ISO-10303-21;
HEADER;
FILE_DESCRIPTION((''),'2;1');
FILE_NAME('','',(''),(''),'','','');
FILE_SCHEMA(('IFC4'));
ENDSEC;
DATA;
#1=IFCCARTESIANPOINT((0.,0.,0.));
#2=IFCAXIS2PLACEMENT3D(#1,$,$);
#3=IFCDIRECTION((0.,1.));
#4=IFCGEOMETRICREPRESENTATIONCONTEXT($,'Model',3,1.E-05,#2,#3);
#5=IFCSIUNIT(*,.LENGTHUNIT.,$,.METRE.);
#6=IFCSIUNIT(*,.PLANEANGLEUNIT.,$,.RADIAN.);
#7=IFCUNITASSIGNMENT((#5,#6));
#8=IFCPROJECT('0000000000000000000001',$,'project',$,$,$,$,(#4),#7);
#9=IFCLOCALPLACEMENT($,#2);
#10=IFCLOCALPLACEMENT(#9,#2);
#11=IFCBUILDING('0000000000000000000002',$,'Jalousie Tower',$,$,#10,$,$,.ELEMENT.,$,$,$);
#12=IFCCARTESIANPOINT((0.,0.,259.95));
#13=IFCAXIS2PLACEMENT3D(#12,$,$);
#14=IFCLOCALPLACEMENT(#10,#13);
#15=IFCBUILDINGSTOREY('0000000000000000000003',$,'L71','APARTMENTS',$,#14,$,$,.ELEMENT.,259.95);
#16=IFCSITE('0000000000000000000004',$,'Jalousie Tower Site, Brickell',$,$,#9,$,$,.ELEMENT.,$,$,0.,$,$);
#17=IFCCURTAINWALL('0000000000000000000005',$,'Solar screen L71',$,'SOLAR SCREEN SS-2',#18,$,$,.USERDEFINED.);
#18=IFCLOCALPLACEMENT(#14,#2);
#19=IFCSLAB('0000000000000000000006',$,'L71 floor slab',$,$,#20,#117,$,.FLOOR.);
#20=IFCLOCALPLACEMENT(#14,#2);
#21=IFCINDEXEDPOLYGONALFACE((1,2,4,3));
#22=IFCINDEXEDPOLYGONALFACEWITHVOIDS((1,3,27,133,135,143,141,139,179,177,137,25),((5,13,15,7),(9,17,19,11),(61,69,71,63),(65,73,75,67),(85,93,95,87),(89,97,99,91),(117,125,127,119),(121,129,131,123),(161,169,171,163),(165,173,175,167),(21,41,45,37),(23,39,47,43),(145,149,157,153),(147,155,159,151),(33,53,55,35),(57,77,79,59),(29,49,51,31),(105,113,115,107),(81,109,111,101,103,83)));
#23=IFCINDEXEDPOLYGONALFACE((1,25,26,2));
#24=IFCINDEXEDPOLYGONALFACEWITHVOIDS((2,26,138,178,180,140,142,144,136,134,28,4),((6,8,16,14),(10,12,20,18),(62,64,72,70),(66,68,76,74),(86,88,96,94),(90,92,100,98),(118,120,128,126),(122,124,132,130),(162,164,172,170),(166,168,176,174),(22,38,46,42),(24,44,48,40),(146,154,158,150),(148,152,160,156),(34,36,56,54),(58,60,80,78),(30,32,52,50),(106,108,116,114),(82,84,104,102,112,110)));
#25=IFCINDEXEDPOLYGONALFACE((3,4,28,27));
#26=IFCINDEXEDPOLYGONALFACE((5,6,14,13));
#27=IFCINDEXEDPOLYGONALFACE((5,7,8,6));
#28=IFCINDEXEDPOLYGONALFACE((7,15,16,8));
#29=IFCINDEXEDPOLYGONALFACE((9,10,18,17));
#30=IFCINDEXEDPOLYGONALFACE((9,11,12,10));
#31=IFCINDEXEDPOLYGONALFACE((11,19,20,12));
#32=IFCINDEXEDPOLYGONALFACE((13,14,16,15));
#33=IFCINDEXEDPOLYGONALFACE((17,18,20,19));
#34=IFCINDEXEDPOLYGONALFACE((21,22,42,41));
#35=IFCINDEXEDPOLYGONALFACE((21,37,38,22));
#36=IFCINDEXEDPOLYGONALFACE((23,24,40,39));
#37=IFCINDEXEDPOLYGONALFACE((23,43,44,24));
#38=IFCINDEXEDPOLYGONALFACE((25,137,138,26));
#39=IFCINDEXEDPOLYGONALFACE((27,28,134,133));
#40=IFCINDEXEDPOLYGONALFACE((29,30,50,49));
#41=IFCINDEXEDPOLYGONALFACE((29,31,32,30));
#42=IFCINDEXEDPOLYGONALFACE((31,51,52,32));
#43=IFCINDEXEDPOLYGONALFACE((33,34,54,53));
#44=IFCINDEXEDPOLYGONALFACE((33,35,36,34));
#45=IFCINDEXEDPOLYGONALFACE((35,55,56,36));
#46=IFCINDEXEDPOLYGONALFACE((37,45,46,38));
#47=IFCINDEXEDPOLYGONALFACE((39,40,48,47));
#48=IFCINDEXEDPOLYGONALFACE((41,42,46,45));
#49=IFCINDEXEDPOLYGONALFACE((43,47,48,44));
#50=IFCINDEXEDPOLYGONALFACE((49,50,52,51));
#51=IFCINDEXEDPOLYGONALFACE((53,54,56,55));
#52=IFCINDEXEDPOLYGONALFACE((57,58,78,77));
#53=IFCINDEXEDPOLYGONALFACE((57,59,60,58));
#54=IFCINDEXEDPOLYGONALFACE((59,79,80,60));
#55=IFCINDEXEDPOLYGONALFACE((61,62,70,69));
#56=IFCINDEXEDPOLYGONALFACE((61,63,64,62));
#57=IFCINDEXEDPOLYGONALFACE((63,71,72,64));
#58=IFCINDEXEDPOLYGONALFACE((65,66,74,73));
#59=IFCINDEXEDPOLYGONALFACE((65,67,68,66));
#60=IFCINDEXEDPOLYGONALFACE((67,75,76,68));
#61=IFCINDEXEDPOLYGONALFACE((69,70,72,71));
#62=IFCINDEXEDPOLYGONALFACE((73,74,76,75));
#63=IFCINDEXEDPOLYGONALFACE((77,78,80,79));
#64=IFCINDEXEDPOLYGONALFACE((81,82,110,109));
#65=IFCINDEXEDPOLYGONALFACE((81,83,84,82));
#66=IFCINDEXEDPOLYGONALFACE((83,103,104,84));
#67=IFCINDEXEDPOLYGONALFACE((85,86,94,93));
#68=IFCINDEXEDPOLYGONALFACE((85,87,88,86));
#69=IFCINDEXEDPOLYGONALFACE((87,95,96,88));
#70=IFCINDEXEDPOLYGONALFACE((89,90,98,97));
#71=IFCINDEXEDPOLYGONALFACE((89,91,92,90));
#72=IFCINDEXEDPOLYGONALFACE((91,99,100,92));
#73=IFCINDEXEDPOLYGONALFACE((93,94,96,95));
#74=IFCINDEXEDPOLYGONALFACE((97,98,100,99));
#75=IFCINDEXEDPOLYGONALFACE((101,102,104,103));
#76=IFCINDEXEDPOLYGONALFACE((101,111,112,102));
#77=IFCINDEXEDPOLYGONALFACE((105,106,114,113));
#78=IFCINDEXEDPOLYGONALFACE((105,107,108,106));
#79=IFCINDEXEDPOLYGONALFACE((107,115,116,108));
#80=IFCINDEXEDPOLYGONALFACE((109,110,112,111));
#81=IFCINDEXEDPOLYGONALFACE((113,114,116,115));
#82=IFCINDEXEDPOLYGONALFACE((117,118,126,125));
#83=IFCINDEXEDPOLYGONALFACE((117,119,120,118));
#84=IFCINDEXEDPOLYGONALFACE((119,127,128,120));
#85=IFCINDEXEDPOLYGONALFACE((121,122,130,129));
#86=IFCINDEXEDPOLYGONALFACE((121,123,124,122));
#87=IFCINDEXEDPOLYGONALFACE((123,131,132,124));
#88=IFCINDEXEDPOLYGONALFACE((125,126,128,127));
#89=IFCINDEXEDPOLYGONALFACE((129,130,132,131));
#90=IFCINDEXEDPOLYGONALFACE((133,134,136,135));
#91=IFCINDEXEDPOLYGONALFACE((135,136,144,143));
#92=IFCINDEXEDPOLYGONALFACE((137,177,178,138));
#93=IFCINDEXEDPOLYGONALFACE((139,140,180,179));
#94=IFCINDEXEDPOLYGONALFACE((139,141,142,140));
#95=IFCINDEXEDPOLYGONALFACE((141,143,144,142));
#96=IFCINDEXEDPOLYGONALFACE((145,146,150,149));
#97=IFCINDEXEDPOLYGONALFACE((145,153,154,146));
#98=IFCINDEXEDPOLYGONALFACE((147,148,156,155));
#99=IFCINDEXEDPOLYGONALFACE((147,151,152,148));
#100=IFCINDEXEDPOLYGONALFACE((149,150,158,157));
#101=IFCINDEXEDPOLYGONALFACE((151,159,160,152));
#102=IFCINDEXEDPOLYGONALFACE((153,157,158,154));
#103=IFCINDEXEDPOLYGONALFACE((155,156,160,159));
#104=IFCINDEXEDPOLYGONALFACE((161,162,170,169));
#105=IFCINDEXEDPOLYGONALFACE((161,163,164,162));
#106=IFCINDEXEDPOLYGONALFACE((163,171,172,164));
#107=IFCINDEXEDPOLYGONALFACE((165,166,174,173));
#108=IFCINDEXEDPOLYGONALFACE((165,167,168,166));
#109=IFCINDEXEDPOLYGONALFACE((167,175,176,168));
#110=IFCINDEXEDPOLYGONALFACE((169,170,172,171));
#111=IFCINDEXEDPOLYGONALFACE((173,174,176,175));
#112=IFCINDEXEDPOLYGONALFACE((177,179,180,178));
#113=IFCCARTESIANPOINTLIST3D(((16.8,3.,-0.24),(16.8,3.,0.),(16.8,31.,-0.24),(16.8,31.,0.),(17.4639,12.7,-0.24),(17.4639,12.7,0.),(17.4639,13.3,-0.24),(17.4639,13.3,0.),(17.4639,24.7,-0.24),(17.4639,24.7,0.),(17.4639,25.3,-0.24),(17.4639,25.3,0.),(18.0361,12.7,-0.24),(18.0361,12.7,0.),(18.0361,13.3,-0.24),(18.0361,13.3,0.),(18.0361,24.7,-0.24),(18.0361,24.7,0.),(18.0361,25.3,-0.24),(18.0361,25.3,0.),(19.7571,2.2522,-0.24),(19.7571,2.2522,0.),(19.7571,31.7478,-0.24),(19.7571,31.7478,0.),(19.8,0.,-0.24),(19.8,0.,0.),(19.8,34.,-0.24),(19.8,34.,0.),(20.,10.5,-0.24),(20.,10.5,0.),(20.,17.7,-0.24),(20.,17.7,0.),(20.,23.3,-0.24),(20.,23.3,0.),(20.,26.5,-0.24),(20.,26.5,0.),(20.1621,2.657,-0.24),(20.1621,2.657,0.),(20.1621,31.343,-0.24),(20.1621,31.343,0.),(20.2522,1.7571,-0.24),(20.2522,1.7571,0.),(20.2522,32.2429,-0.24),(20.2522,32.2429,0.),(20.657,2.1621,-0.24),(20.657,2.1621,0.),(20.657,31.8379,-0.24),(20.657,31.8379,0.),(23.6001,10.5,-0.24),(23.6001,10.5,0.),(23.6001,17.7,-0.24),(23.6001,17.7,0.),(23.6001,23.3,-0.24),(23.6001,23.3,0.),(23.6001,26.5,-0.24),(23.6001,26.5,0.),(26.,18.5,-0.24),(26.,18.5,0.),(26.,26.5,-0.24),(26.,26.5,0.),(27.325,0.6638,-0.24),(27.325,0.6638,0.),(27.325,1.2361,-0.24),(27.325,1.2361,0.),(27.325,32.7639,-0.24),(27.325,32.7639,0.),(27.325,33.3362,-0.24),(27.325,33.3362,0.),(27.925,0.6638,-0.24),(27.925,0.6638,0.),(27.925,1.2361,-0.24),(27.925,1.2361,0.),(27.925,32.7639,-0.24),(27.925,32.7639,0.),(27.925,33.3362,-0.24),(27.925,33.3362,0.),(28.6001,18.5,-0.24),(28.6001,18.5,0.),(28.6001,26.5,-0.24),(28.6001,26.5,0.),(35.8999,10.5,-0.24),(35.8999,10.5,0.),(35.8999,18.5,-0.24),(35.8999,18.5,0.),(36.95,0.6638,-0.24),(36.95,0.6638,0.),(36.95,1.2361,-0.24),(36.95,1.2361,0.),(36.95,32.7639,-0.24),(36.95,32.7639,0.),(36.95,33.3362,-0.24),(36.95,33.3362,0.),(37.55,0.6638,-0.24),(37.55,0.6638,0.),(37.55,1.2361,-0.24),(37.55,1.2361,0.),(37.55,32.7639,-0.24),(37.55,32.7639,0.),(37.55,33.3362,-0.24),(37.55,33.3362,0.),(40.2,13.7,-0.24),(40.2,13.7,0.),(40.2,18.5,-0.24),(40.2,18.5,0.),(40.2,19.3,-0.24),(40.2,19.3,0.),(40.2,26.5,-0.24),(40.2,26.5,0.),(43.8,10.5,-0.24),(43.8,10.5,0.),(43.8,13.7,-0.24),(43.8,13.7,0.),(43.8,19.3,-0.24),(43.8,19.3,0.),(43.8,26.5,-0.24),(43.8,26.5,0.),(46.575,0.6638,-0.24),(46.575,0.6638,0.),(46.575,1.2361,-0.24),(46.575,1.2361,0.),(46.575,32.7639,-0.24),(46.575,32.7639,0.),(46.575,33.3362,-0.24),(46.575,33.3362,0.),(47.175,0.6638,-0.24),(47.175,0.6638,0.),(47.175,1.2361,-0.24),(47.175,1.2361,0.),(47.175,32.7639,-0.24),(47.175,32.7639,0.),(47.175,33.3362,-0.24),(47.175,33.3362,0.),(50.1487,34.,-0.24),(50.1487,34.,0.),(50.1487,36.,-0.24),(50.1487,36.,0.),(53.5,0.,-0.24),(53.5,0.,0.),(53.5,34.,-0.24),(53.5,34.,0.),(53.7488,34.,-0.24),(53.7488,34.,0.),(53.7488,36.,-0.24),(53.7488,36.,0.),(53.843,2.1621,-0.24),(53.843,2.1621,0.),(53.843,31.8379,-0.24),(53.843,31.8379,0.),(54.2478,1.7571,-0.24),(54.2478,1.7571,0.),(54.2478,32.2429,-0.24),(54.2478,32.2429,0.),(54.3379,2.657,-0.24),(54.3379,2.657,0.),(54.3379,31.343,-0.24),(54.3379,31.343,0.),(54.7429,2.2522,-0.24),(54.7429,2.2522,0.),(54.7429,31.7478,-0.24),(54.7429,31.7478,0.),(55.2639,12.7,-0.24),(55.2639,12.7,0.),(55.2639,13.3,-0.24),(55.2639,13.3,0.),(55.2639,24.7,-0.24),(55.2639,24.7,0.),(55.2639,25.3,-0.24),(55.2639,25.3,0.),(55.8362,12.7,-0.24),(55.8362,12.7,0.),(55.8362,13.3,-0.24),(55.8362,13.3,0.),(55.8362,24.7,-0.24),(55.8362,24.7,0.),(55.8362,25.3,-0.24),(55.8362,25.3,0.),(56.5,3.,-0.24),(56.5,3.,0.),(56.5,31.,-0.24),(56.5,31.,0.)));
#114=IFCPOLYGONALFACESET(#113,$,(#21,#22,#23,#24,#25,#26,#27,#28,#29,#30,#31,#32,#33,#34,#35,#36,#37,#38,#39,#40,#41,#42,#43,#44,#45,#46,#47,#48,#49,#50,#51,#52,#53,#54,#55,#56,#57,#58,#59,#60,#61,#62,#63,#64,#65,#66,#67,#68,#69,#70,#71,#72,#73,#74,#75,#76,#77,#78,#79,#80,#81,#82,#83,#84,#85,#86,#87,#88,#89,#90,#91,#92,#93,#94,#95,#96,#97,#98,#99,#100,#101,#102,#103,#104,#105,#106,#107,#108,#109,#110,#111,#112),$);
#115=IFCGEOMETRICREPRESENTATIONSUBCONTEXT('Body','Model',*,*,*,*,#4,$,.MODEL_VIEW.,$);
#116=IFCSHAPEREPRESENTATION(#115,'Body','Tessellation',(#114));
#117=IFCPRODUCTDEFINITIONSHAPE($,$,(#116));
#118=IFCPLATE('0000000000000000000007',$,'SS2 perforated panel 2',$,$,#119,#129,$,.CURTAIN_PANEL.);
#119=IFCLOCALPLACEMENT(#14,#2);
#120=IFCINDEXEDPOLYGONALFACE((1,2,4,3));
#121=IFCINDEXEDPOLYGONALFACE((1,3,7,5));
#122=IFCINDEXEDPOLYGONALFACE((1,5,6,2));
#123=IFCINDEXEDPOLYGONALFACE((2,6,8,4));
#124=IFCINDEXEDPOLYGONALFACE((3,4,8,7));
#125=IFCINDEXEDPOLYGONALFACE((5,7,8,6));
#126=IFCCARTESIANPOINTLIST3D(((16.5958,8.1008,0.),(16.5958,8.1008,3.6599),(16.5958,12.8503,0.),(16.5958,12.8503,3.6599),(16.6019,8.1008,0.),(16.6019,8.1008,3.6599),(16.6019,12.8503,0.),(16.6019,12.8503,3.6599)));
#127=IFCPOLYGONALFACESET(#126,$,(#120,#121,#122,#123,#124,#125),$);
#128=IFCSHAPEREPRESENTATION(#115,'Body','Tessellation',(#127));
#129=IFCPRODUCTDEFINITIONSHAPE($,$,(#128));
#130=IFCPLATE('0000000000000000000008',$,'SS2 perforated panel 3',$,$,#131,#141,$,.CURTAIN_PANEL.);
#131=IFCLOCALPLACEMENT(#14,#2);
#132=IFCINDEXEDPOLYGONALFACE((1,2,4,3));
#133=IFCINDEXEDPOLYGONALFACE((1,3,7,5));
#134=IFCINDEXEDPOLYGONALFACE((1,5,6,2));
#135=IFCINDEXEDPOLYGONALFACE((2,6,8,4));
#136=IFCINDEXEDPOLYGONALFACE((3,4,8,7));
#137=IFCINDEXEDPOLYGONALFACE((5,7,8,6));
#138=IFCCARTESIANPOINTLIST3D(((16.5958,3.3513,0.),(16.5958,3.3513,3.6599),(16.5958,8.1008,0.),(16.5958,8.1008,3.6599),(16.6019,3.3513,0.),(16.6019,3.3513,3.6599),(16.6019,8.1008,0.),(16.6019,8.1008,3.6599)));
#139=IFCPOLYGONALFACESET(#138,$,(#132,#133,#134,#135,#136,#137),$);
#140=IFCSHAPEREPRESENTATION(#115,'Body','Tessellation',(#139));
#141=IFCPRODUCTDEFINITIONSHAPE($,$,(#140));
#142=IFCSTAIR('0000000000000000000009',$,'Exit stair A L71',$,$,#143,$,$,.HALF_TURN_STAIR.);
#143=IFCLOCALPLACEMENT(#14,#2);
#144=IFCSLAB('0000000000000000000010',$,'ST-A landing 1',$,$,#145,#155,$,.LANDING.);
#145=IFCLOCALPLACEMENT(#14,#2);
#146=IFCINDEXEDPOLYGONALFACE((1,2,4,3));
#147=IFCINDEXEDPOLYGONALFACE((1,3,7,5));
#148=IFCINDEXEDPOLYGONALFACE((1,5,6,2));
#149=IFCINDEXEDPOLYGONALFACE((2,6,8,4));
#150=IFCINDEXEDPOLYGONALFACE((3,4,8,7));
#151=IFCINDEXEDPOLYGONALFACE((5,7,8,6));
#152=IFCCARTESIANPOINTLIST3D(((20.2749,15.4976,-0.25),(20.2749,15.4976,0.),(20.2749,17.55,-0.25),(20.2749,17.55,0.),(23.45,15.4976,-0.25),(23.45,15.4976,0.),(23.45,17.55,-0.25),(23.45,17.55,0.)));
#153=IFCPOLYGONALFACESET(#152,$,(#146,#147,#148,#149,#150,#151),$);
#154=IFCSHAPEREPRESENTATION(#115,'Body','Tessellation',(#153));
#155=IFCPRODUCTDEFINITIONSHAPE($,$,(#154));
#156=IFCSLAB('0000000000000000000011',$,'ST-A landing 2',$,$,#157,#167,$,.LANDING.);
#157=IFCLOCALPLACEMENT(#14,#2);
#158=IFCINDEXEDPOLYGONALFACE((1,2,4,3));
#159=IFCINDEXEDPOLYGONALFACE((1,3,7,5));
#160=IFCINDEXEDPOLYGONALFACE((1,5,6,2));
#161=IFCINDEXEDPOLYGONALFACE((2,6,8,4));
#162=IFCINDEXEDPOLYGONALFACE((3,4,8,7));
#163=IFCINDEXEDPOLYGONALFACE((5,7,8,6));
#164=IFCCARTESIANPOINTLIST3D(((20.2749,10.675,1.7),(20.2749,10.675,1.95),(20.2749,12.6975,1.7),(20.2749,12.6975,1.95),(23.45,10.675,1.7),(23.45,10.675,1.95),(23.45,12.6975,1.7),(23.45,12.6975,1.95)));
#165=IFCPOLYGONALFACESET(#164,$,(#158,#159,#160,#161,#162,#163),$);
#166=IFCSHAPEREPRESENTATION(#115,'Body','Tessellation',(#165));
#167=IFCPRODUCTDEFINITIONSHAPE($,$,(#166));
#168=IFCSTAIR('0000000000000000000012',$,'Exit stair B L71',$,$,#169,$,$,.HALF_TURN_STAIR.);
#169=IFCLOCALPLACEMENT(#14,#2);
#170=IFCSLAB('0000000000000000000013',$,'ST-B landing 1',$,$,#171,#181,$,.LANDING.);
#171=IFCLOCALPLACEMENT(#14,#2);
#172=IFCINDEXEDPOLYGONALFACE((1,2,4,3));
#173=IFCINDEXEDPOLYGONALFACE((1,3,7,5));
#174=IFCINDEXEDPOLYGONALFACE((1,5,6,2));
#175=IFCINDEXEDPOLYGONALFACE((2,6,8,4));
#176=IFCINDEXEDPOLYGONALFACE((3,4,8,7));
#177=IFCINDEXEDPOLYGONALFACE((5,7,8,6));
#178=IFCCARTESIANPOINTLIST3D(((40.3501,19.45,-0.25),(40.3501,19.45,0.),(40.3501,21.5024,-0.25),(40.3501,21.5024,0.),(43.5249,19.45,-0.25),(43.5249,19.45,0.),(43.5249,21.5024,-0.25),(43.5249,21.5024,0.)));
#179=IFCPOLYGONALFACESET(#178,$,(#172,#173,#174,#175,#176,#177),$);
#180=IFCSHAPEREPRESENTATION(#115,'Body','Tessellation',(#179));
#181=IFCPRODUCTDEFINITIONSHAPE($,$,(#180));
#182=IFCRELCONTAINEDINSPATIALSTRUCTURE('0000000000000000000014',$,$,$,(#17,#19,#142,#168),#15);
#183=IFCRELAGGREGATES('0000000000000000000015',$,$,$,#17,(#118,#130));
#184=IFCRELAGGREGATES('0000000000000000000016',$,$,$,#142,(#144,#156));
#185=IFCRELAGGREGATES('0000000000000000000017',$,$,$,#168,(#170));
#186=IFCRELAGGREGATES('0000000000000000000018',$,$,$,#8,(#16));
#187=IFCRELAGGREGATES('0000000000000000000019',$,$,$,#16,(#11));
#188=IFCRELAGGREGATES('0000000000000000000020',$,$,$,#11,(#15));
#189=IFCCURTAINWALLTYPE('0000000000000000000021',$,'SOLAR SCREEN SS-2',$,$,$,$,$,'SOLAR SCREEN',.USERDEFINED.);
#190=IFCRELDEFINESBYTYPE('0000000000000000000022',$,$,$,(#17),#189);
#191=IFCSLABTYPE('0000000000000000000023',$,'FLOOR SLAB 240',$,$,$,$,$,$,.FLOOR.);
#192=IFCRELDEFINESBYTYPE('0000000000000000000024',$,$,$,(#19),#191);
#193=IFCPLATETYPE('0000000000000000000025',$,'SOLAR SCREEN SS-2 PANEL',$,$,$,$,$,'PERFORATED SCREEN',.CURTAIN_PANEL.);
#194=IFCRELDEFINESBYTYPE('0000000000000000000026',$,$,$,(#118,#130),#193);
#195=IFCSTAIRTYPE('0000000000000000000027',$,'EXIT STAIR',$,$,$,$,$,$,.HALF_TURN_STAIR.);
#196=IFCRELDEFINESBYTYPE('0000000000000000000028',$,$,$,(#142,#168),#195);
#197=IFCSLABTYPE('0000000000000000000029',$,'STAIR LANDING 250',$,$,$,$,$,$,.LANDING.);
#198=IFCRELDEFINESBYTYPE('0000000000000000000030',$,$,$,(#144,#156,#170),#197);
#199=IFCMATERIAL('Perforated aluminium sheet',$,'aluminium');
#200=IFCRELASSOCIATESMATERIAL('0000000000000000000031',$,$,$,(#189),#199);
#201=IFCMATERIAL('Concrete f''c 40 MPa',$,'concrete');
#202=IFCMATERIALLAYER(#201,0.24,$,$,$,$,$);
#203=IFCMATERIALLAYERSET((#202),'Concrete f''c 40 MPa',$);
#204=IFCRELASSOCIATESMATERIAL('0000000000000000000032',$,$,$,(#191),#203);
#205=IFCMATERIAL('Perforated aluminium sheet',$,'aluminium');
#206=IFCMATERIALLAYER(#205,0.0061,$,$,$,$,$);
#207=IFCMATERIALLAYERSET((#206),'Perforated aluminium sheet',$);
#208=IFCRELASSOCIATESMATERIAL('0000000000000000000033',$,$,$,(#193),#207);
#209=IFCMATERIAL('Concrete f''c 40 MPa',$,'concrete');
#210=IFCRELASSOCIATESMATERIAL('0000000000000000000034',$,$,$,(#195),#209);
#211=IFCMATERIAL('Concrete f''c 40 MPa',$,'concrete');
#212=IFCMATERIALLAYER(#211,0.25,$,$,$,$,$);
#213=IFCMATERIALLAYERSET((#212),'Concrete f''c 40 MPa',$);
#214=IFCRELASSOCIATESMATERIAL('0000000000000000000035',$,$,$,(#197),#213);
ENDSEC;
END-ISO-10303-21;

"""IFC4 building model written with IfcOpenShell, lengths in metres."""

from ifc_helpers import new_model, si_unit, direction, frame, origin, origin_2d, place, context, subcontext, project, spatial, polyline, rectangle, outline, extrude, material, layer, layer_set, type_object, element, aggregate, save


model = new_model("IFC4")

# Units and contexts
model_context = context("Model", 3, precision=1e-05, world=origin(), true_north=direction((0.0, 1.0)))
body_context = subcontext(model_context, "Body", "Model", "MODEL_VIEW")
ifc_project = project(units=[si_unit("LENGTHUNIT", "METRE"), si_unit("PLANEANGLEUNIT", "RADIAN")], contexts=[model_context])

# Site, building, storey
site_placement = place(None, origin())
site = spatial("IfcSite", under=ifc_project, at=site_placement, Name="Jalousie Tower Site, Brickell", CompositionType="ELEMENT", RefElevation=0.0)
building_placement = place(site_placement, origin())
building = spatial("IfcBuilding", under=site, at=building_placement, Name="Jalousie Tower", CompositionType="ELEMENT")
storey_placement = place(building_placement, frame((0.0, 0.0, 259.95)))
storey = spatial("IfcBuildingStorey", under=building, at=storey_placement, Name="L71", Description="APARTMENTS", CompositionType="ELEMENT", Elevation=259.95)

# Curtain wall
ifc_material_1 = material(Name="Perforated aluminium sheet", Category="aluminium")
curtain_wall_type_1 = type_object("IfcCurtainWallType", Name="SOLAR SCREEN SS-2", ElementType="SOLAR SCREEN", PredefinedType="USERDEFINED", material=ifc_material_1)
curtain_wall_1_placement = place(storey_placement, origin())
curtain_wall_1 = element("IfcCurtainWall", 1, at=curtain_wall_1_placement, inside=storey, type_object=curtain_wall_type_1, Name="Solar screen L71", ObjectType="SOLAR SCREEN SS-2", PredefinedType="USERDEFINED")

# Slab
ifc_material_2 = material(Name="Concrete f'c 40 MPa", Category="concrete")
ifc_layer_1 = layer(ifc_material_2, 0.24)
ifc_layer_set_1 = layer_set([ifc_layer_1], Name="Concrete f'c 40 MPa")
slab_type_1 = type_object("IfcSlabType", Name="FLOOR SLAB 240", PredefinedType="FLOOR", material=ifc_layer_set_1)
slab_1_placement = place(storey_placement, frame((0.0, 0.0, -0.24)))
element("IfcSlab", 2, at=slab_1_placement, inside=storey, type_object=slab_type_1, Name="L71 floor slab", PredefinedType="FLOOR", context=body_context, shape_type="SweptSolid", body=[
    extrude(outline(polyline([(16.8, 3.0), (16.8, 31.0), (19.8, 34.0), (50.1487, 34.0), (50.1487, 36.0), (53.7488, 36.0), (53.7488, 34.0), (53.5, 34.0), (56.5, 31.0), (56.5, 3.0), (53.5, 0.0), (19.8, 0.0), (16.8, 3.0)]), holes=[polyline([(55.2639, 13.3), (55.2639, 12.7), (55.8362, 12.7), (55.8362, 13.3), (55.2639, 13.3)]), polyline([(55.8362, 24.7), (55.8362, 25.3), (55.2639, 25.3), (55.2639, 24.7), (55.8362, 24.7)]), polyline([(54.2478, 32.2429), (53.843, 31.8379), (54.3379, 31.343), (54.7429, 31.7478), (54.2478, 32.2429)]), polyline([(54.3379, 2.657), (53.843, 2.1621), (54.2478, 1.7571), (54.7429, 2.2522), (54.3379, 2.657)]), polyline([(46.575, 32.7639), (47.175, 32.7639), (47.175, 33.3362), (46.575, 33.3362), (46.575, 32.7639)]), polyline([(46.575, 0.6638), (47.175, 0.6638), (47.175, 1.2361), (46.575, 1.2361), (46.575, 0.6638)]), polyline([(43.8, 10.5), (43.8, 13.7), (40.2, 13.7), (40.2, 18.5), (35.8999, 18.5), (35.8999, 10.5), (43.8, 10.5)]), polyline([(43.8, 19.3), (43.8, 26.5), (40.2, 26.5), (40.2, 19.3), (43.8, 19.3)]), polyline([(36.95, 32.7639), (37.55, 32.7639), (37.55, 33.3362), (36.95, 33.3362), (36.95, 32.7639)]), polyline([(37.55, 1.2361), (36.95, 1.2361), (36.95, 0.6638), (37.55, 0.6638), (37.55, 1.2361)]), polyline([(28.6001, 18.5), (28.6001, 26.5), (26.0, 26.5), (26.0, 18.5), (28.6001, 18.5)]), polyline([(27.325, 32.7639), (27.925, 32.7639), (27.925, 33.3362), (27.325, 33.3362), (27.325, 32.7639)]), polyline([(27.325, 0.6638), (27.925, 0.6638), (27.925, 1.2361), (27.325, 1.2361), (27.325, 0.6638)]), polyline([(23.6001, 23.3), (23.6001, 26.5), (20.0, 26.5), (20.0, 23.3), (23.6001, 23.3)]), polyline([(23.6001, 10.5), (23.6001, 17.7), (20.0, 17.7), (20.0, 10.5), (23.6001, 10.5)]), polyline([(19.7571, 2.2522), (20.2522, 1.7571), (20.657, 2.1621), (20.1621, 2.657), (19.7571, 2.2522)]), polyline([(19.7571, 31.7478), (20.1621, 31.343), (20.657, 31.8379), (20.2522, 32.2429), (19.7571, 31.7478)]), polyline([(18.0361, 12.7), (18.0361, 13.3), (17.4639, 13.3), (17.4639, 12.7), (18.0361, 12.7)]), polyline([(17.4639, 25.3), (17.4639, 24.7), (18.0361, 24.7), (18.0361, 25.3), (17.4639, 25.3)])]), origin(), (0.0, 0.0, 1.0), 0.24),
])

# Plates
ifc_material_3 = material(Name="Perforated aluminium sheet", Category="aluminium")
ifc_layer_2 = layer(ifc_material_3, 0.0061)
ifc_layer_set_2 = layer_set([ifc_layer_2], Name="Perforated aluminium sheet")
plate_type = type_object("IfcPlateType", Name="SOLAR SCREEN SS-2 PANEL", ElementType="PERFORATED SCREEN", PredefinedType="CURTAIN_PANEL", material=ifc_layer_set_2)
plate_1_placement = place(storey_placement, frame((16.5989, 10.4756, 0.0), z_axis=(0.0, 0.0, 1.0), x_axis=(0.0, -1.0, 0.0)))
plate_1 = element("IfcPlate", 3, at=plate_1_placement, type_object=plate_type, Name="SS2 perforated panel 2", PredefinedType="CURTAIN_PANEL", context=body_context, shape_type="SweptSolid", body=[
    extrude(rectangle(XDim=4.7495, YDim=0.0061, at=origin_2d()), origin(), (0.0, 0.0, 1.0), 3.6599),
])
plate_2_placement = place(storey_placement, frame((16.5989, 5.7261, 0.0), z_axis=(0.0, 0.0, 1.0), x_axis=(0.0, -1.0, 0.0)))
plate_2 = element("IfcPlate", 4, at=plate_2_placement, type_object=plate_type, Name="SS2 perforated panel 3", PredefinedType="CURTAIN_PANEL", context=body_context, shape_type="SweptSolid", body=[
    extrude(rectangle(XDim=4.7495, YDim=0.0061, at=origin_2d()), origin(), (0.0, 0.0, 1.0), 3.6599),
])
aggregate(curtain_wall_1, [plate_1, plate_2])

# Stairs, slabs
ifc_material_4 = material(Name="Concrete f'c 40 MPa", Category="concrete")
stair_type = type_object("IfcStairType", Name="EXIT STAIR", PredefinedType="HALF_TURN_STAIR", material=ifc_material_4)
stair_1_placement = place(storey_placement, origin())
stair_1 = element("IfcStair", 5, at=stair_1_placement, inside=storey, type_object=stair_type, Name="Exit stair A L71", PredefinedType="HALF_TURN_STAIR")
ifc_material_5 = material(Name="Concrete f'c 40 MPa", Category="concrete")
ifc_layer_3 = layer(ifc_material_5, 0.25)
ifc_layer_set_3 = layer_set([ifc_layer_3], Name="Concrete f'c 40 MPa")
slab_type_2 = type_object("IfcSlabType", Name="STAIR LANDING 250", PredefinedType="LANDING", material=ifc_layer_set_3)
slab_2_placement = place(storey_placement, frame((0.0, 0.0, -0.25)))
slab_2 = element("IfcSlab", 6, at=slab_2_placement, type_object=slab_type_2, Name="ST-A landing 1", PredefinedType="LANDING", context=body_context, shape_type="SweptSolid", body=[
    extrude(outline(polyline([(20.2749, 15.4976), (23.45, 15.4976), (23.45, 17.55), (20.2749, 17.55), (20.2749, 15.4976)])), origin(), (0.0, 0.0, 1.0), 0.25),
])
slab_3_placement = place(storey_placement, frame((0.0, 0.0, 1.7)))
slab_3 = element("IfcSlab", 7, at=slab_3_placement, type_object=slab_type_2, Name="ST-A landing 2", PredefinedType="LANDING", context=body_context, shape_type="SweptSolid", body=[
    extrude(outline(polyline([(20.2749, 10.675), (23.45, 10.675), (23.45, 12.6975), (20.2749, 12.6975), (20.2749, 10.675)])), origin(), (0.0, 0.0, 1.0), 0.25),
])
aggregate(stair_1, [slab_2, slab_3])
stair_2_placement = place(storey_placement, origin())
stair_2 = element("IfcStair", 8, at=stair_2_placement, inside=storey, type_object=stair_type, Name="Exit stair B L71", PredefinedType="HALF_TURN_STAIR")
slab_4_placement = place(storey_placement, frame((0.0, 0.0, -0.25)))
slab_4 = element("IfcSlab", 9, at=slab_4_placement, type_object=slab_type_2, Name="ST-B landing 1", PredefinedType="LANDING", context=body_context, shape_type="SweptSolid", body=[
    extrude(outline(polyline([(40.3501, 19.45), (43.5249, 19.45), (43.5249, 21.5024), (40.3501, 21.5024), (40.3501, 19.45)])), origin(), (0.0, 0.0, 1.0), 0.25),
])
aggregate(stair_2, [slab_4])

save(model, "model.ifc")
